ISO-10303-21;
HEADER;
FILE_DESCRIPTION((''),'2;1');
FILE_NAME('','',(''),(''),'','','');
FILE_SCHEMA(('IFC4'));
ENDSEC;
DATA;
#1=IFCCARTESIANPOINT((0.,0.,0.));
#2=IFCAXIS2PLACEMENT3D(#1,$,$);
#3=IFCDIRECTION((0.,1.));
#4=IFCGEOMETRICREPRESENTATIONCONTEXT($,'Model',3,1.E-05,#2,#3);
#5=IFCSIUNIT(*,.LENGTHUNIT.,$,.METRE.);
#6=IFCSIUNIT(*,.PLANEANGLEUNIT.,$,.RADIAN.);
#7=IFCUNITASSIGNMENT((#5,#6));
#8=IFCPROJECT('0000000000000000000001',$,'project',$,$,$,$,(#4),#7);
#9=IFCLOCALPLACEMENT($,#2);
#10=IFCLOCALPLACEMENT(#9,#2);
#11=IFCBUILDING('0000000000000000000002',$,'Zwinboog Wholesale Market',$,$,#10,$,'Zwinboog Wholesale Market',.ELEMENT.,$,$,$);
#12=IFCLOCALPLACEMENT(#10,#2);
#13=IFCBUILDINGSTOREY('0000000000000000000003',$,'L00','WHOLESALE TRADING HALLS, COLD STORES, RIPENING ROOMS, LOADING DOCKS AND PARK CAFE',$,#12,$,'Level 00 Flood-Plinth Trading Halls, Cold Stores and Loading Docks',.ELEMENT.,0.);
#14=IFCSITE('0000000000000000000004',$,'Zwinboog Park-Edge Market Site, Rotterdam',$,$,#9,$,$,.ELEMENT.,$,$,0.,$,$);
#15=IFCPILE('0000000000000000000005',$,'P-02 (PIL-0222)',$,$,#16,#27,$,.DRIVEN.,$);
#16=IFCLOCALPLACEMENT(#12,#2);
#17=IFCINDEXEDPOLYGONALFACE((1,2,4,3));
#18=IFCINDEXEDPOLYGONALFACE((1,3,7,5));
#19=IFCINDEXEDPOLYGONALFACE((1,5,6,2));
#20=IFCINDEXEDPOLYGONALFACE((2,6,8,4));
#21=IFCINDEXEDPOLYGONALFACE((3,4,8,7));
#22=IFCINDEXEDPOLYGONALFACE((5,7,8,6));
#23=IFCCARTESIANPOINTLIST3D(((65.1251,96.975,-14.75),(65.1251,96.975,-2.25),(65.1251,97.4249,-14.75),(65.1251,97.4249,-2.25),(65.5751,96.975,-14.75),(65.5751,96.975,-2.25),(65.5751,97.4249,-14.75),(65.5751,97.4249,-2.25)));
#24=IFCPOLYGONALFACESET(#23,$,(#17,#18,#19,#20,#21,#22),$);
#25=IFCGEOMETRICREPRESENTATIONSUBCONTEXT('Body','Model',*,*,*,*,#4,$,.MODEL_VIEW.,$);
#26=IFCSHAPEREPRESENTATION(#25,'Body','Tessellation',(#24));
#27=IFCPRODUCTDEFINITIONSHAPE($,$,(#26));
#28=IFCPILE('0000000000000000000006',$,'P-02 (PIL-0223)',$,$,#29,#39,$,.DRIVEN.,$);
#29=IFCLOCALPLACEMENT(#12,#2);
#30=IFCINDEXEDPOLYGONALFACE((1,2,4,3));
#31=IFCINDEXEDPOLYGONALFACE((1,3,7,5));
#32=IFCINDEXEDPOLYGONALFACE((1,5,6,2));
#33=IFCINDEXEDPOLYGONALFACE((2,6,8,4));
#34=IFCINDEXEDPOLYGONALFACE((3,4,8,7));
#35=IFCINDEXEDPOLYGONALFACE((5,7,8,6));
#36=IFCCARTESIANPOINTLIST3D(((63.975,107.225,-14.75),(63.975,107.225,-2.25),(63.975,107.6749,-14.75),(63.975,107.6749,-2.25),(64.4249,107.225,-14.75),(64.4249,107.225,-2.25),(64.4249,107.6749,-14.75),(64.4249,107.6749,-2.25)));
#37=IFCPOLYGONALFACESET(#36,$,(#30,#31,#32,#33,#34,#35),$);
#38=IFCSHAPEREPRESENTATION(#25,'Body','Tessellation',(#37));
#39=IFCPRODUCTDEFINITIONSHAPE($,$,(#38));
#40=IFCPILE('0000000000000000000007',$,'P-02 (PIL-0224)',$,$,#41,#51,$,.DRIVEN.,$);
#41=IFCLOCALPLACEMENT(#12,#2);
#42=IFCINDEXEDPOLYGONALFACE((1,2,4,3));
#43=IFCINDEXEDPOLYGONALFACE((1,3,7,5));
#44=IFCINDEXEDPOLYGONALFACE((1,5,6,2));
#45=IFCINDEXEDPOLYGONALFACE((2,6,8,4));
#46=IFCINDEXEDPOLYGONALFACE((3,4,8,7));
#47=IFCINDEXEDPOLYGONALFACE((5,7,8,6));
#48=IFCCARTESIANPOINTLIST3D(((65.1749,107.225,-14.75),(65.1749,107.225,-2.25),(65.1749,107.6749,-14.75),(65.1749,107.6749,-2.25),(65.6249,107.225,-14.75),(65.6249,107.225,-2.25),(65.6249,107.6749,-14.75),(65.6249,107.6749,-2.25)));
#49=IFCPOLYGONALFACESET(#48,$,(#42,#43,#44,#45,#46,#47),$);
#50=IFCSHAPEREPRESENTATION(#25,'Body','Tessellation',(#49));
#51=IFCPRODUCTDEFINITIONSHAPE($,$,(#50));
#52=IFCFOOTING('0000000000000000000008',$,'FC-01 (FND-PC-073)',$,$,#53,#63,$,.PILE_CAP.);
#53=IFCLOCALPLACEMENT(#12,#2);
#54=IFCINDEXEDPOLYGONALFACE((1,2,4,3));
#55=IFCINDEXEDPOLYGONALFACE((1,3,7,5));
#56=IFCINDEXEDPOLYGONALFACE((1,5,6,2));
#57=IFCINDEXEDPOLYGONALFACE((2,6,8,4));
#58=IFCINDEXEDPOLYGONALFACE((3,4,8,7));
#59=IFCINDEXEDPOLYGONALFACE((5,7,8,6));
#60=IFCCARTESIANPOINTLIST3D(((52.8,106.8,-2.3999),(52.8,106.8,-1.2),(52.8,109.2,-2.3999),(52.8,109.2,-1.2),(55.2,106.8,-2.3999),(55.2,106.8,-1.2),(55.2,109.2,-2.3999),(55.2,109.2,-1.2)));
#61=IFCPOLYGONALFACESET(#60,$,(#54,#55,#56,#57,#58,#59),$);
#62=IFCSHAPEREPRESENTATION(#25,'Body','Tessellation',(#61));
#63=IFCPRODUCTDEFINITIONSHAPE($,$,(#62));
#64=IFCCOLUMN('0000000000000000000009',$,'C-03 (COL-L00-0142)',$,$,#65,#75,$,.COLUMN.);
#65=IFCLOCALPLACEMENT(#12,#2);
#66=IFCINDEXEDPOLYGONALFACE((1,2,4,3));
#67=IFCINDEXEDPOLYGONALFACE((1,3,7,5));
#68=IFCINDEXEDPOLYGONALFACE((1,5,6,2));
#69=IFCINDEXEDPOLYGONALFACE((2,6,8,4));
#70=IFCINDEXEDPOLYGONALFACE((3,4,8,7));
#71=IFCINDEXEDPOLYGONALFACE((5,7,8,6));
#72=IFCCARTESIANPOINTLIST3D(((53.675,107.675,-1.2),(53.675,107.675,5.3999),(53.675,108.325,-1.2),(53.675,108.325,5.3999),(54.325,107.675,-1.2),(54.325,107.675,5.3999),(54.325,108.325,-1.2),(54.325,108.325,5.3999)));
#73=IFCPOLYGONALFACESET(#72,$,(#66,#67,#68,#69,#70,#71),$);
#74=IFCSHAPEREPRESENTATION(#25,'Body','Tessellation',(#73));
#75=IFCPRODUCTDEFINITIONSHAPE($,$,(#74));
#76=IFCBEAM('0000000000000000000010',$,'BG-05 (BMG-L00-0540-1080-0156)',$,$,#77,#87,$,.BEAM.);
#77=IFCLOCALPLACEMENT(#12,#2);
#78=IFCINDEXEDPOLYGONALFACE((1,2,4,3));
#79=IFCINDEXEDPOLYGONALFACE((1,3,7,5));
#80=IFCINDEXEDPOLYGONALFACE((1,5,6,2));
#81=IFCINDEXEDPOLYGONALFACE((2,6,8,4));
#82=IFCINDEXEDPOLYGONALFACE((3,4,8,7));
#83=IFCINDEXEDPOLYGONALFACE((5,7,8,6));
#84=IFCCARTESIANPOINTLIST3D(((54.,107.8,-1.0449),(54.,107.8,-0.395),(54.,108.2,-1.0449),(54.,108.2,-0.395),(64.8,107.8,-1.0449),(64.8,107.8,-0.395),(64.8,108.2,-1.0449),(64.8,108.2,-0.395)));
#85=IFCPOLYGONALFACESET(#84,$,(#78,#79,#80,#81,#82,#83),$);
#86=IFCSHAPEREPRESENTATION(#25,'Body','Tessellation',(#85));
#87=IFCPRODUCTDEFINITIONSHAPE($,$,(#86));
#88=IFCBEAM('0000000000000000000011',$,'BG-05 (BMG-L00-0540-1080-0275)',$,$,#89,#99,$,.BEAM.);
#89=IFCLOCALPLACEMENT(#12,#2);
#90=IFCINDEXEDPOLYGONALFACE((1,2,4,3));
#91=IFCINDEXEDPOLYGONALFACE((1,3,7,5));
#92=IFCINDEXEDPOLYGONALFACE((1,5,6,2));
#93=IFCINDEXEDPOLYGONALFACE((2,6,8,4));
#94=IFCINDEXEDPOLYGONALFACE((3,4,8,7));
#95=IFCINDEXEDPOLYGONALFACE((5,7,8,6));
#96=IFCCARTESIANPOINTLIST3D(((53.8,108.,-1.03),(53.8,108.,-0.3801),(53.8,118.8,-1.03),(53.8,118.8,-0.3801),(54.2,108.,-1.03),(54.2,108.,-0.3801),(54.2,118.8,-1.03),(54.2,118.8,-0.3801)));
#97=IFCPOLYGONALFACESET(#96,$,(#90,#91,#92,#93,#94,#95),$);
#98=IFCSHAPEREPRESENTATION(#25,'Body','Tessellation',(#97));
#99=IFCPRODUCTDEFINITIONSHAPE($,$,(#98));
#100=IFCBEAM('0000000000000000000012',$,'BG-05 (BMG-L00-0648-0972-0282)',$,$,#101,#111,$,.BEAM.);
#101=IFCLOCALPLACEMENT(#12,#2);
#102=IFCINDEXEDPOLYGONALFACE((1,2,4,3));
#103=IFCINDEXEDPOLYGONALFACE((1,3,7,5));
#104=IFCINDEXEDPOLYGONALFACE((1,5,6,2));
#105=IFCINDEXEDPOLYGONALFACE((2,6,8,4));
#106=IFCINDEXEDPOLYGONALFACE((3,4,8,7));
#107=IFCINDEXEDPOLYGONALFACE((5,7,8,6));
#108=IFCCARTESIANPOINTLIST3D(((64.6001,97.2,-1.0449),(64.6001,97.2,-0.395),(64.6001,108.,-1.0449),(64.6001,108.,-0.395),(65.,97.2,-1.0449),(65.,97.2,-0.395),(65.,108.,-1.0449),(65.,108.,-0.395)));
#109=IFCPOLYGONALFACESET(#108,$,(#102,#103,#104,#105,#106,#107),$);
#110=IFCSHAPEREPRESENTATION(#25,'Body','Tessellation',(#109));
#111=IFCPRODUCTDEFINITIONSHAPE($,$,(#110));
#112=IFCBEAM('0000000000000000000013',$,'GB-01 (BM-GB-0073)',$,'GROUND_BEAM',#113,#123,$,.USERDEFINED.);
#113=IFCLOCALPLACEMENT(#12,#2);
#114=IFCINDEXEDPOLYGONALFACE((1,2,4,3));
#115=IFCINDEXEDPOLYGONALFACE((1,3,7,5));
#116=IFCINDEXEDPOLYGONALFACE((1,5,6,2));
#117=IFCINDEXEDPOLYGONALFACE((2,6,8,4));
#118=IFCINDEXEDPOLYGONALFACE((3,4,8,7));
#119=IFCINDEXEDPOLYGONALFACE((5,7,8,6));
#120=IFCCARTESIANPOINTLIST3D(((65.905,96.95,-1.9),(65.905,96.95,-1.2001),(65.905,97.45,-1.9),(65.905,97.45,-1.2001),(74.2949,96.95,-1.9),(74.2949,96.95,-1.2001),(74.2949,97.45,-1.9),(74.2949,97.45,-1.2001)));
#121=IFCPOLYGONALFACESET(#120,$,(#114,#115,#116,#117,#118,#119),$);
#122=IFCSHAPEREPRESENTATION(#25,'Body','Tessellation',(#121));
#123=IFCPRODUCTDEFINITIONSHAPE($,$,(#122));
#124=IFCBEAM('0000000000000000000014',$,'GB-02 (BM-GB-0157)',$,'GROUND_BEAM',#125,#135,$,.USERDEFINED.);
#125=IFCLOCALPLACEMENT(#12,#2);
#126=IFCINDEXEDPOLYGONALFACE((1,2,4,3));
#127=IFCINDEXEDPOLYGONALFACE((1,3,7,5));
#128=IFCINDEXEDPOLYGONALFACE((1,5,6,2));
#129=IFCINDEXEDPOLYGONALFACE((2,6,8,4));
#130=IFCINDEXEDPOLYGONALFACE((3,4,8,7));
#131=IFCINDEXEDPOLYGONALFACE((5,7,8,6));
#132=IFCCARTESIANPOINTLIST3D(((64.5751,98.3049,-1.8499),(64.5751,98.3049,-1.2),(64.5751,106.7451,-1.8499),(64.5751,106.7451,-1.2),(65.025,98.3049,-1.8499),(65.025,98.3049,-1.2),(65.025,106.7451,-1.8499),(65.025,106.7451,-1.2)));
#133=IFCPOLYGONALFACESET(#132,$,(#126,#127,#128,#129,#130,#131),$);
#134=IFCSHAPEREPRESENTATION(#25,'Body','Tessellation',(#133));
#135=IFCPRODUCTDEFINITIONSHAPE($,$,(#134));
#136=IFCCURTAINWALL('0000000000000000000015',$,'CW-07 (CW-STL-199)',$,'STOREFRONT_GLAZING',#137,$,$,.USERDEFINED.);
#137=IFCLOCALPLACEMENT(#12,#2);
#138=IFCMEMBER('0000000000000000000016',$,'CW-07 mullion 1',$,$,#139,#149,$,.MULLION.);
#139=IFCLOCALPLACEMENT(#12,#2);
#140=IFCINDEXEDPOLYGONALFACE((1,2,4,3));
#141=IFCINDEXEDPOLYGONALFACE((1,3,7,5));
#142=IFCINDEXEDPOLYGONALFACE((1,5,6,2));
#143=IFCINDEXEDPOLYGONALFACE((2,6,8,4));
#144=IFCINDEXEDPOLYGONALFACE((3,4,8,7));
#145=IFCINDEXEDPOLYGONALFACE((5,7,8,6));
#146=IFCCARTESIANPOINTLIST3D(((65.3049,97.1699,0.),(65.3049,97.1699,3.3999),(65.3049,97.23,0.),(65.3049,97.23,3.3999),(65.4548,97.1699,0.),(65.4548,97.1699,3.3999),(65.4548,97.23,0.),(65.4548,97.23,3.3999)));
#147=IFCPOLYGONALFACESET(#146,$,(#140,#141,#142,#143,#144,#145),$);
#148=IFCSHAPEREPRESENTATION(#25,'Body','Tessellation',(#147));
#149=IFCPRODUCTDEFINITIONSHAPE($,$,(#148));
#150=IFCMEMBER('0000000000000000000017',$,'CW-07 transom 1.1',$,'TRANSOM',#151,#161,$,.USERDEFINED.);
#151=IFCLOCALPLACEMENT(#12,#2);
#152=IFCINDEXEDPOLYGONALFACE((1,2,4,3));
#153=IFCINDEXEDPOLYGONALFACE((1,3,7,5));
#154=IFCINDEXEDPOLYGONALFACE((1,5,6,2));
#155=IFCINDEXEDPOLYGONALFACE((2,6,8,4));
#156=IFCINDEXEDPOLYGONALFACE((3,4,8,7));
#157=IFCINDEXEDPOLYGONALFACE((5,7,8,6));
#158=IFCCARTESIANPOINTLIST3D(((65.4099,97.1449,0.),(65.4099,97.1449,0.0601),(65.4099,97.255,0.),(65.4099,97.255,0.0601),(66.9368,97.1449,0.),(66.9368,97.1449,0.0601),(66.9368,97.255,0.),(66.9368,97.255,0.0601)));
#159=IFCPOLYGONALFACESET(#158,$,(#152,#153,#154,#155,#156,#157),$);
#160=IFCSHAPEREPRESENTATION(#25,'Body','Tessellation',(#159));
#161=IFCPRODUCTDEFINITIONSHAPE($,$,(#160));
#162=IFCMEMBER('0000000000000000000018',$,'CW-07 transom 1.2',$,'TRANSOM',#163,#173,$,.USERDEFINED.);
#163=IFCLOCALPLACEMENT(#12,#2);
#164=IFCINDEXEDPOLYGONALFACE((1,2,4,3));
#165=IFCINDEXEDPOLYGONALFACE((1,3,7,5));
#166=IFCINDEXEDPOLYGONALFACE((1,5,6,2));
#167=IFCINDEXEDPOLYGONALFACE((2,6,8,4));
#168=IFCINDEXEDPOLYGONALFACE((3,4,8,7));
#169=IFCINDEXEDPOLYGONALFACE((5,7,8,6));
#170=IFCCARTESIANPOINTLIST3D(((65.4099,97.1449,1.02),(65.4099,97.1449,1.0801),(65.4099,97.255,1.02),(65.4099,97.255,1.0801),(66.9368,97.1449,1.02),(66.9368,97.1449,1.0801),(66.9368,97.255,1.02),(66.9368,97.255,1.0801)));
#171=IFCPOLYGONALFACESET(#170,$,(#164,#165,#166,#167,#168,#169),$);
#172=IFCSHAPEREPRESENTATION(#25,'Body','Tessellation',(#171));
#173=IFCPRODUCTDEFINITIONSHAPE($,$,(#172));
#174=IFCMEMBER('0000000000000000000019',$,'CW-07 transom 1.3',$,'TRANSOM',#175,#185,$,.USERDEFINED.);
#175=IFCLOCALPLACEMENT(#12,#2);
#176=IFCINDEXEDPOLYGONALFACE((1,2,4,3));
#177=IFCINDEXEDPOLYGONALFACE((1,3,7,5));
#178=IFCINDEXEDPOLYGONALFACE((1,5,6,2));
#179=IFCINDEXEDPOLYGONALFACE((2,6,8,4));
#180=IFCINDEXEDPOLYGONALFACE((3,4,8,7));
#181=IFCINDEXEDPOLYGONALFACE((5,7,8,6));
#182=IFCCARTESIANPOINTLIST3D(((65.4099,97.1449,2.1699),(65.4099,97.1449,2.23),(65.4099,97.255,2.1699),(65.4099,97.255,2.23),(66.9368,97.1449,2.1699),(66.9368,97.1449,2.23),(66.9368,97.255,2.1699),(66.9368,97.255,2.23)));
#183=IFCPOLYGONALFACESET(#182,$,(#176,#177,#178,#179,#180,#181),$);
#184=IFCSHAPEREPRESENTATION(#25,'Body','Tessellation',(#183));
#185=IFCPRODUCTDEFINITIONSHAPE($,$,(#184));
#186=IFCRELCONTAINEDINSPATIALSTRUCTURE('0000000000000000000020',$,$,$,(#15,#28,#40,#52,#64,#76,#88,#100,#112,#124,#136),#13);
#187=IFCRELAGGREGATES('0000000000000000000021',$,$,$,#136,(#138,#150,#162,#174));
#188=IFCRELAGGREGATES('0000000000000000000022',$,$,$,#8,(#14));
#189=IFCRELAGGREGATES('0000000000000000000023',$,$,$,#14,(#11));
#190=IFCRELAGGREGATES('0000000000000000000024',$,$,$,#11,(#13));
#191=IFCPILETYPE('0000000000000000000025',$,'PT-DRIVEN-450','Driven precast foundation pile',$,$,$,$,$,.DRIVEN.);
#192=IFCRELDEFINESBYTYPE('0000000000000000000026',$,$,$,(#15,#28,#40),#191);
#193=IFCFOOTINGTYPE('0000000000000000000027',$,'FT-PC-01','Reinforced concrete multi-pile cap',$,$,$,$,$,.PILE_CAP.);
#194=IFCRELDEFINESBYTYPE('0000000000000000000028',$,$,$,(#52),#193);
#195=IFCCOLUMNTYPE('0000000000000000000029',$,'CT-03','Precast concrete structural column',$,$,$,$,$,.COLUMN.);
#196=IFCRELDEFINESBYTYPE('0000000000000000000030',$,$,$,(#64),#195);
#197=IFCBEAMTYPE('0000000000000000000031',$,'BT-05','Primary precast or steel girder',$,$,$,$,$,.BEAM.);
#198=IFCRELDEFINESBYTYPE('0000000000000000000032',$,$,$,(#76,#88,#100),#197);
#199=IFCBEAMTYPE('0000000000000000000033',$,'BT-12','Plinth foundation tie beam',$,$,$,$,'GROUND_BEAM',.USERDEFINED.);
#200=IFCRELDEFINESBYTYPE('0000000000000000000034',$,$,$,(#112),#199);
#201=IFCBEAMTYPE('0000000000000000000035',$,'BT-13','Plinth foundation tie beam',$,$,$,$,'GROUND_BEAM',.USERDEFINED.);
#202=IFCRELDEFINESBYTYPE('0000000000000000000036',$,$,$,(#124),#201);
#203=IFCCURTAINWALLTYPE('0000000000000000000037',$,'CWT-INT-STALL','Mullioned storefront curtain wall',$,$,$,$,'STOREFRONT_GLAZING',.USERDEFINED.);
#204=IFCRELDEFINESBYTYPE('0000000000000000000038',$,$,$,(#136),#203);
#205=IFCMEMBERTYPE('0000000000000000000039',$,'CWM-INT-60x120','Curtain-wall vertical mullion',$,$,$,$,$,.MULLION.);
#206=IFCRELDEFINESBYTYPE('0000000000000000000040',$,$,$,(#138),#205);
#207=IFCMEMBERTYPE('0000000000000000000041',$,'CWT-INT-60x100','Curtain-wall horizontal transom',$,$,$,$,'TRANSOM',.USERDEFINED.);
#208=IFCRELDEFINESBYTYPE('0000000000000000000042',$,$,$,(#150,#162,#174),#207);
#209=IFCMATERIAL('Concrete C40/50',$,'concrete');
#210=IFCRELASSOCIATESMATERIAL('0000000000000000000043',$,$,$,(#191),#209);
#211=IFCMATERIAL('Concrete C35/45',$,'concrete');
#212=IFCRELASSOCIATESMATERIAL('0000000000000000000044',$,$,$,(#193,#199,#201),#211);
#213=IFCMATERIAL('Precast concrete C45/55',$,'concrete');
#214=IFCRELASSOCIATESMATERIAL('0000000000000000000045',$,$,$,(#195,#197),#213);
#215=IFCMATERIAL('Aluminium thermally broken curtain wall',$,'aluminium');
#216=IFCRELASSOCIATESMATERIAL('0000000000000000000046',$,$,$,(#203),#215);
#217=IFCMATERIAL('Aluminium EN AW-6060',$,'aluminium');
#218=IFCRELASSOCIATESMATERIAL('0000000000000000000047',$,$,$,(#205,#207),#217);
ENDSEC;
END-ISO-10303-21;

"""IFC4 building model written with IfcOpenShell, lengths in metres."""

from ifc_helpers import new_model, si_unit, direction, frame, origin, origin_2d, place, context, subcontext, project, spatial, rectangle, extrude, material, material_profile, profile_set, type_object, element, aggregate, save


model = new_model("IFC4")

# Units and contexts
model_context = context("Model", 3, precision=1e-05, world=origin(), true_north=direction((0.0, 1.0)))
body_context = subcontext(model_context, "Body", "Model", "MODEL_VIEW")
ifc_project = project(units=[si_unit("LENGTHUNIT", "METRE"), si_unit("PLANEANGLEUNIT", "RADIAN")], contexts=[model_context])

# Site, building, storey
site_placement = place(None, origin())
site = spatial("IfcSite", under=ifc_project, at=site_placement, Name="Zwinboog Park-Edge Market Site, Rotterdam", CompositionType="ELEMENT", RefElevation=0.0)
building_placement = place(site_placement, origin())
building = spatial("IfcBuilding", under=site, at=building_placement, Name="Zwinboog Wholesale Market", LongName="Zwinboog Wholesale Market", CompositionType="ELEMENT")
storey_placement = place(building_placement, origin())
storey = spatial("IfcBuildingStorey", under=building, at=storey_placement, Name="L00", Description="WHOLESALE TRADING HALLS, COLD STORES, RIPENING ROOMS, LOADING DOCKS AND PARK CAFE", LongName="Level 00 Flood-Plinth Trading Halls, Cold Stores and Loading Docks", CompositionType="ELEMENT", Elevation=0.0)

# Piles
ifc_material_1 = material(Name="Concrete C40/50", Category="concrete")
ifc_material_profile_1 = material_profile(ifc_material_1, rectangle(XDim=0.45, YDim=0.45, at=origin_2d()), Name="PILE SQ450")
ifc_profile_set_1 = profile_set([ifc_material_profile_1], Name="Concrete C40/50")
pile_type = type_object("IfcPileType", Name="PT-DRIVEN-450", Description="Driven precast foundation pile", PredefinedType="DRIVEN", material=ifc_profile_set_1)
for number, where, z_axis, x_axis, name in (
    (1, (65.3501, 97.2, -2.25), (0.0, 0.0, -1.0), (1.0, 0.0, 0.0), "P-02 (PIL-0222)"),
    (2, (64.2, 107.45, -2.25), (0.0, 0.0, -1.0), (1.0, 0.0, 0.0), "P-02 (PIL-0223)"),
    (3, (65.3999, 107.45, -2.25), (0.0, 0.0, -1.0), (1.0, 0.0, 0.0), "P-02 (PIL-0224)"),
):
    element("IfcPile", number, at=place(storey_placement, frame(where, z_axis=z_axis, x_axis=x_axis)), inside=storey, type_object=pile_type, Name=name, PredefinedType="DRIVEN", context=body_context, shape_type="SweptSolid", body=[
        extrude(rectangle(XDim=0.45, YDim=0.45, at=origin_2d()), origin(), (0.0, 0.0, 1.0), 12.5),
    ])

# Footing
ifc_material_2 = material(Name="Concrete C35/45", Category="concrete")
footing_type = type_object("IfcFootingType", Name="FT-PC-01", Description="Reinforced concrete multi-pile cap", PredefinedType="PILE_CAP", material=ifc_material_2)
footing_placement = place(storey_placement, frame((54.0, 108.0, -2.3999), z_axis=(0.0, 0.0, 1.0), x_axis=(1.0, 0.0, 0.0)))
element("IfcFooting", 4, at=footing_placement, inside=storey, type_object=footing_type, Name="FC-01 (FND-PC-073)", PredefinedType="PILE_CAP", context=body_context, shape_type="SweptSolid", body=[
    extrude(rectangle(XDim=2.3999, YDim=2.3999, at=origin_2d()), origin(), (0.0, 0.0, 1.0), 1.2),
])

# Column
ifc_material_3 = material(Name="Precast concrete C45/55", Category="concrete")
ifc_material_profile_2 = material_profile(ifc_material_3, rectangle(XDim=0.6499, YDim=0.6499, at=origin_2d()), Name="PC 650x650")
ifc_profile_set_2 = profile_set([ifc_material_profile_2], Name="Precast concrete C45/55")
column_type = type_object("IfcColumnType", Name="CT-03", Description="Precast concrete structural column", PredefinedType="COLUMN", material=ifc_profile_set_2)
column_placement = place(storey_placement, frame((54.0, 108.0, -1.2), z_axis=(0.0, 0.0, 1.0), x_axis=(1.0, 0.0, 0.0)))
element("IfcColumn", 5, at=column_placement, inside=storey, type_object=column_type, Name="C-03 (COL-L00-0142)", PredefinedType="COLUMN", context=body_context, shape_type="SweptSolid", body=[
    extrude(rectangle(XDim=0.6499, YDim=0.6499, at=origin_2d()), origin(), (0.0, 0.0, 1.0), 6.5999),
])

# Beams
ifc_material_profile_3 = material_profile(ifc_material_3, rectangle(XDim=0.3999, YDim=0.6499, at=origin_2d()), Name="PC 400x650")
ifc_profile_set_3 = profile_set([ifc_material_profile_3], Name="Precast concrete C45/55")
beam_type_1 = type_object("IfcBeamType", Name="BT-05", Description="Primary precast or steel girder", PredefinedType="BEAM", material=ifc_profile_set_3)
for number, where, z_axis, x_axis, name in (
    (6, (54.0, 108.0, -0.72), (1.0, 0.0, 0.0), (0.0, 1.0, 0.0), "BG-05 (BMG-L00-0540-1080-0156)"),
    (7, (54.0, 108.0, -0.7051), (0.0, 1.0, 0.0), (-1.0, 0.0, 0.0), "BG-05 (BMG-L00-0540-1080-0275)"),
    (8, (64.8, 97.2, -0.72), (0.0, 1.0, 0.0), (-1.0, 0.0, 0.0), "BG-05 (BMG-L00-0648-0972-0282)"),
):
    element("IfcBeam", number, at=place(storey_placement, frame(where, z_axis=z_axis, x_axis=x_axis)), inside=storey, type_object=beam_type_1, Name=name, PredefinedType="BEAM", context=body_context, shape_type="SweptSolid", body=[
        extrude(rectangle(XDim=0.3999, YDim=0.6499, at=origin_2d()), origin(), (0.0, 0.0, 1.0), 10.8),
    ])
ifc_material_profile_4 = material_profile(ifc_material_2, rectangle(XDim=0.5, YDim=0.7, at=origin_2d()), Name="RC 500x700")
ifc_profile_set_4 = profile_set([ifc_material_profile_4], Name="Concrete C35/45")
beam_type_2 = type_object("IfcBeamType", Name="BT-12", Description="Plinth foundation tie beam", ElementType="GROUND_BEAM", PredefinedType="USERDEFINED", material=ifc_profile_set_4)
beam_1_placement = place(storey_placement, frame((65.905, 97.2, -1.55), z_axis=(1.0, 0.0, 0.0), x_axis=(0.0, 1.0, 0.0)))
element("IfcBeam", 9, at=beam_1_placement, inside=storey, type_object=beam_type_2, Name="GB-01 (BM-GB-0073)", ObjectType="GROUND_BEAM", PredefinedType="USERDEFINED", context=body_context, shape_type="SweptSolid", body=[
    extrude(rectangle(XDim=0.5, YDim=0.7, at=origin_2d()), origin(), (0.0, 0.0, 1.0), 8.3899),
])
ifc_material_profile_5 = material_profile(ifc_material_2, rectangle(XDim=0.45, YDim=0.6499, at=origin_2d()), Name="RC 450x650")
ifc_profile_set_5 = profile_set([ifc_material_profile_5], Name="Concrete C35/45")
beam_type_3 = type_object("IfcBeamType", Name="BT-13", Description="Plinth foundation tie beam", ElementType="GROUND_BEAM", PredefinedType="USERDEFINED", material=ifc_profile_set_5)
beam_2_placement = place(storey_placement, frame((64.8, 98.3049, -1.5249), z_axis=(0.0, 1.0, 0.0), x_axis=(-1.0, 0.0, 0.0)))
element("IfcBeam", 10, at=beam_2_placement, inside=storey, type_object=beam_type_3, Name="GB-02 (BM-GB-0157)", ObjectType="GROUND_BEAM", PredefinedType="USERDEFINED", context=body_context, shape_type="SweptSolid", body=[
    extrude(rectangle(XDim=0.45, YDim=0.6499, at=origin_2d()), origin(), (0.0, 0.0, 1.0), 8.4402),
])

# Curtain wall, members
ifc_material_4 = material(Name="Aluminium thermally broken curtain wall", Category="aluminium")
curtain_wall_type = type_object("IfcCurtainWallType", Name="CWT-INT-STALL", Description="Mullioned storefront curtain wall", ElementType="STOREFRONT_GLAZING", PredefinedType="USERDEFINED", material=ifc_material_4)
curtain_wall_placement = place(storey_placement, origin())
curtain_wall = element("IfcCurtainWall", 11, at=curtain_wall_placement, inside=storey, type_object=curtain_wall_type, Name="CW-07 (CW-STL-199)", ObjectType="STOREFRONT_GLAZING", PredefinedType="USERDEFINED")
ifc_material_5 = material(Name="Aluminium EN AW-6060", Category="aluminium")
ifc_material_profile_6 = material_profile(ifc_material_5, rectangle(XDim=0.0601, YDim=0.1499, at=origin_2d()), Name="AL 60x150")
ifc_profile_set_6 = profile_set([ifc_material_profile_6], Name="Aluminium EN AW-6060")
member_type_1 = type_object("IfcMemberType", Name="CWM-INT-60x120", Description="Curtain-wall vertical mullion", PredefinedType="MULLION", material=ifc_profile_set_6)
member_1_placement = place(storey_placement, frame((65.3799, 97.2, 0.0), z_axis=(0.0, 0.0, 1.0), x_axis=(0.0, 1.0, 0.0)))
member_1 = element("IfcMember", 12, at=member_1_placement, type_object=member_type_1, Name="CW-07 mullion 1", PredefinedType="MULLION", context=body_context, shape_type="SweptSolid", body=[
    extrude(rectangle(XDim=0.0601, YDim=0.1499, at=origin_2d()), origin(), (0.0, 0.0, 1.0), 3.3999),
])
ifc_material_profile_7 = material_profile(ifc_material_5, rectangle(XDim=0.1101, YDim=0.0601, at=origin_2d()), Name="AL 60x110")
ifc_profile_set_7 = profile_set([ifc_material_profile_7], Name="Aluminium EN AW-6060")
member_type_2 = type_object("IfcMemberType", Name="CWT-INT-60x100", Description="Curtain-wall horizontal transom", ElementType="TRANSOM", PredefinedType="USERDEFINED", material=ifc_profile_set_7)
member_2_placement = place(storey_placement, frame((65.4099, 97.2, 0.03), z_axis=(1.0, 0.0, 0.0), x_axis=(0.0, 1.0, 0.0)))
member_2 = element("IfcMember", 13, at=member_2_placement, type_object=member_type_2, Name="CW-07 transom 1.1", ObjectType="TRANSOM", PredefinedType="USERDEFINED", context=body_context, shape_type="SweptSolid", body=[
    extrude(rectangle(XDim=0.1101, YDim=0.0601, at=origin_2d()), origin(), (0.0, 0.0, 1.0), 1.5269),
])
member_3_placement = place(storey_placement, frame((65.4099, 97.2, 1.05), z_axis=(1.0, 0.0, 0.0), x_axis=(0.0, 1.0, 0.0)))
member_3 = element("IfcMember", 14, at=member_3_placement, type_object=member_type_2, Name="CW-07 transom 1.2", ObjectType="TRANSOM", PredefinedType="USERDEFINED", context=body_context, shape_type="SweptSolid", body=[
    extrude(rectangle(XDim=0.1101, YDim=0.0601, at=origin_2d()), origin(), (0.0, 0.0, 1.0), 1.5269),
])
member_4_placement = place(storey_placement, frame((65.4099, 97.2, 2.2), z_axis=(1.0, 0.0, 0.0), x_axis=(0.0, 1.0, 0.0)))
member_4 = element("IfcMember", 15, at=member_4_placement, type_object=member_type_2, Name="CW-07 transom 1.3", ObjectType="TRANSOM", PredefinedType="USERDEFINED", context=body_context, shape_type="SweptSolid", body=[
    extrude(rectangle(XDim=0.1101, YDim=0.0601, at=origin_2d()), origin(), (0.0, 0.0, 1.0), 1.5269),
])
aggregate(curtain_wall, [member_1, member_2, member_3, member_4])

save(model, "model.ifc")
